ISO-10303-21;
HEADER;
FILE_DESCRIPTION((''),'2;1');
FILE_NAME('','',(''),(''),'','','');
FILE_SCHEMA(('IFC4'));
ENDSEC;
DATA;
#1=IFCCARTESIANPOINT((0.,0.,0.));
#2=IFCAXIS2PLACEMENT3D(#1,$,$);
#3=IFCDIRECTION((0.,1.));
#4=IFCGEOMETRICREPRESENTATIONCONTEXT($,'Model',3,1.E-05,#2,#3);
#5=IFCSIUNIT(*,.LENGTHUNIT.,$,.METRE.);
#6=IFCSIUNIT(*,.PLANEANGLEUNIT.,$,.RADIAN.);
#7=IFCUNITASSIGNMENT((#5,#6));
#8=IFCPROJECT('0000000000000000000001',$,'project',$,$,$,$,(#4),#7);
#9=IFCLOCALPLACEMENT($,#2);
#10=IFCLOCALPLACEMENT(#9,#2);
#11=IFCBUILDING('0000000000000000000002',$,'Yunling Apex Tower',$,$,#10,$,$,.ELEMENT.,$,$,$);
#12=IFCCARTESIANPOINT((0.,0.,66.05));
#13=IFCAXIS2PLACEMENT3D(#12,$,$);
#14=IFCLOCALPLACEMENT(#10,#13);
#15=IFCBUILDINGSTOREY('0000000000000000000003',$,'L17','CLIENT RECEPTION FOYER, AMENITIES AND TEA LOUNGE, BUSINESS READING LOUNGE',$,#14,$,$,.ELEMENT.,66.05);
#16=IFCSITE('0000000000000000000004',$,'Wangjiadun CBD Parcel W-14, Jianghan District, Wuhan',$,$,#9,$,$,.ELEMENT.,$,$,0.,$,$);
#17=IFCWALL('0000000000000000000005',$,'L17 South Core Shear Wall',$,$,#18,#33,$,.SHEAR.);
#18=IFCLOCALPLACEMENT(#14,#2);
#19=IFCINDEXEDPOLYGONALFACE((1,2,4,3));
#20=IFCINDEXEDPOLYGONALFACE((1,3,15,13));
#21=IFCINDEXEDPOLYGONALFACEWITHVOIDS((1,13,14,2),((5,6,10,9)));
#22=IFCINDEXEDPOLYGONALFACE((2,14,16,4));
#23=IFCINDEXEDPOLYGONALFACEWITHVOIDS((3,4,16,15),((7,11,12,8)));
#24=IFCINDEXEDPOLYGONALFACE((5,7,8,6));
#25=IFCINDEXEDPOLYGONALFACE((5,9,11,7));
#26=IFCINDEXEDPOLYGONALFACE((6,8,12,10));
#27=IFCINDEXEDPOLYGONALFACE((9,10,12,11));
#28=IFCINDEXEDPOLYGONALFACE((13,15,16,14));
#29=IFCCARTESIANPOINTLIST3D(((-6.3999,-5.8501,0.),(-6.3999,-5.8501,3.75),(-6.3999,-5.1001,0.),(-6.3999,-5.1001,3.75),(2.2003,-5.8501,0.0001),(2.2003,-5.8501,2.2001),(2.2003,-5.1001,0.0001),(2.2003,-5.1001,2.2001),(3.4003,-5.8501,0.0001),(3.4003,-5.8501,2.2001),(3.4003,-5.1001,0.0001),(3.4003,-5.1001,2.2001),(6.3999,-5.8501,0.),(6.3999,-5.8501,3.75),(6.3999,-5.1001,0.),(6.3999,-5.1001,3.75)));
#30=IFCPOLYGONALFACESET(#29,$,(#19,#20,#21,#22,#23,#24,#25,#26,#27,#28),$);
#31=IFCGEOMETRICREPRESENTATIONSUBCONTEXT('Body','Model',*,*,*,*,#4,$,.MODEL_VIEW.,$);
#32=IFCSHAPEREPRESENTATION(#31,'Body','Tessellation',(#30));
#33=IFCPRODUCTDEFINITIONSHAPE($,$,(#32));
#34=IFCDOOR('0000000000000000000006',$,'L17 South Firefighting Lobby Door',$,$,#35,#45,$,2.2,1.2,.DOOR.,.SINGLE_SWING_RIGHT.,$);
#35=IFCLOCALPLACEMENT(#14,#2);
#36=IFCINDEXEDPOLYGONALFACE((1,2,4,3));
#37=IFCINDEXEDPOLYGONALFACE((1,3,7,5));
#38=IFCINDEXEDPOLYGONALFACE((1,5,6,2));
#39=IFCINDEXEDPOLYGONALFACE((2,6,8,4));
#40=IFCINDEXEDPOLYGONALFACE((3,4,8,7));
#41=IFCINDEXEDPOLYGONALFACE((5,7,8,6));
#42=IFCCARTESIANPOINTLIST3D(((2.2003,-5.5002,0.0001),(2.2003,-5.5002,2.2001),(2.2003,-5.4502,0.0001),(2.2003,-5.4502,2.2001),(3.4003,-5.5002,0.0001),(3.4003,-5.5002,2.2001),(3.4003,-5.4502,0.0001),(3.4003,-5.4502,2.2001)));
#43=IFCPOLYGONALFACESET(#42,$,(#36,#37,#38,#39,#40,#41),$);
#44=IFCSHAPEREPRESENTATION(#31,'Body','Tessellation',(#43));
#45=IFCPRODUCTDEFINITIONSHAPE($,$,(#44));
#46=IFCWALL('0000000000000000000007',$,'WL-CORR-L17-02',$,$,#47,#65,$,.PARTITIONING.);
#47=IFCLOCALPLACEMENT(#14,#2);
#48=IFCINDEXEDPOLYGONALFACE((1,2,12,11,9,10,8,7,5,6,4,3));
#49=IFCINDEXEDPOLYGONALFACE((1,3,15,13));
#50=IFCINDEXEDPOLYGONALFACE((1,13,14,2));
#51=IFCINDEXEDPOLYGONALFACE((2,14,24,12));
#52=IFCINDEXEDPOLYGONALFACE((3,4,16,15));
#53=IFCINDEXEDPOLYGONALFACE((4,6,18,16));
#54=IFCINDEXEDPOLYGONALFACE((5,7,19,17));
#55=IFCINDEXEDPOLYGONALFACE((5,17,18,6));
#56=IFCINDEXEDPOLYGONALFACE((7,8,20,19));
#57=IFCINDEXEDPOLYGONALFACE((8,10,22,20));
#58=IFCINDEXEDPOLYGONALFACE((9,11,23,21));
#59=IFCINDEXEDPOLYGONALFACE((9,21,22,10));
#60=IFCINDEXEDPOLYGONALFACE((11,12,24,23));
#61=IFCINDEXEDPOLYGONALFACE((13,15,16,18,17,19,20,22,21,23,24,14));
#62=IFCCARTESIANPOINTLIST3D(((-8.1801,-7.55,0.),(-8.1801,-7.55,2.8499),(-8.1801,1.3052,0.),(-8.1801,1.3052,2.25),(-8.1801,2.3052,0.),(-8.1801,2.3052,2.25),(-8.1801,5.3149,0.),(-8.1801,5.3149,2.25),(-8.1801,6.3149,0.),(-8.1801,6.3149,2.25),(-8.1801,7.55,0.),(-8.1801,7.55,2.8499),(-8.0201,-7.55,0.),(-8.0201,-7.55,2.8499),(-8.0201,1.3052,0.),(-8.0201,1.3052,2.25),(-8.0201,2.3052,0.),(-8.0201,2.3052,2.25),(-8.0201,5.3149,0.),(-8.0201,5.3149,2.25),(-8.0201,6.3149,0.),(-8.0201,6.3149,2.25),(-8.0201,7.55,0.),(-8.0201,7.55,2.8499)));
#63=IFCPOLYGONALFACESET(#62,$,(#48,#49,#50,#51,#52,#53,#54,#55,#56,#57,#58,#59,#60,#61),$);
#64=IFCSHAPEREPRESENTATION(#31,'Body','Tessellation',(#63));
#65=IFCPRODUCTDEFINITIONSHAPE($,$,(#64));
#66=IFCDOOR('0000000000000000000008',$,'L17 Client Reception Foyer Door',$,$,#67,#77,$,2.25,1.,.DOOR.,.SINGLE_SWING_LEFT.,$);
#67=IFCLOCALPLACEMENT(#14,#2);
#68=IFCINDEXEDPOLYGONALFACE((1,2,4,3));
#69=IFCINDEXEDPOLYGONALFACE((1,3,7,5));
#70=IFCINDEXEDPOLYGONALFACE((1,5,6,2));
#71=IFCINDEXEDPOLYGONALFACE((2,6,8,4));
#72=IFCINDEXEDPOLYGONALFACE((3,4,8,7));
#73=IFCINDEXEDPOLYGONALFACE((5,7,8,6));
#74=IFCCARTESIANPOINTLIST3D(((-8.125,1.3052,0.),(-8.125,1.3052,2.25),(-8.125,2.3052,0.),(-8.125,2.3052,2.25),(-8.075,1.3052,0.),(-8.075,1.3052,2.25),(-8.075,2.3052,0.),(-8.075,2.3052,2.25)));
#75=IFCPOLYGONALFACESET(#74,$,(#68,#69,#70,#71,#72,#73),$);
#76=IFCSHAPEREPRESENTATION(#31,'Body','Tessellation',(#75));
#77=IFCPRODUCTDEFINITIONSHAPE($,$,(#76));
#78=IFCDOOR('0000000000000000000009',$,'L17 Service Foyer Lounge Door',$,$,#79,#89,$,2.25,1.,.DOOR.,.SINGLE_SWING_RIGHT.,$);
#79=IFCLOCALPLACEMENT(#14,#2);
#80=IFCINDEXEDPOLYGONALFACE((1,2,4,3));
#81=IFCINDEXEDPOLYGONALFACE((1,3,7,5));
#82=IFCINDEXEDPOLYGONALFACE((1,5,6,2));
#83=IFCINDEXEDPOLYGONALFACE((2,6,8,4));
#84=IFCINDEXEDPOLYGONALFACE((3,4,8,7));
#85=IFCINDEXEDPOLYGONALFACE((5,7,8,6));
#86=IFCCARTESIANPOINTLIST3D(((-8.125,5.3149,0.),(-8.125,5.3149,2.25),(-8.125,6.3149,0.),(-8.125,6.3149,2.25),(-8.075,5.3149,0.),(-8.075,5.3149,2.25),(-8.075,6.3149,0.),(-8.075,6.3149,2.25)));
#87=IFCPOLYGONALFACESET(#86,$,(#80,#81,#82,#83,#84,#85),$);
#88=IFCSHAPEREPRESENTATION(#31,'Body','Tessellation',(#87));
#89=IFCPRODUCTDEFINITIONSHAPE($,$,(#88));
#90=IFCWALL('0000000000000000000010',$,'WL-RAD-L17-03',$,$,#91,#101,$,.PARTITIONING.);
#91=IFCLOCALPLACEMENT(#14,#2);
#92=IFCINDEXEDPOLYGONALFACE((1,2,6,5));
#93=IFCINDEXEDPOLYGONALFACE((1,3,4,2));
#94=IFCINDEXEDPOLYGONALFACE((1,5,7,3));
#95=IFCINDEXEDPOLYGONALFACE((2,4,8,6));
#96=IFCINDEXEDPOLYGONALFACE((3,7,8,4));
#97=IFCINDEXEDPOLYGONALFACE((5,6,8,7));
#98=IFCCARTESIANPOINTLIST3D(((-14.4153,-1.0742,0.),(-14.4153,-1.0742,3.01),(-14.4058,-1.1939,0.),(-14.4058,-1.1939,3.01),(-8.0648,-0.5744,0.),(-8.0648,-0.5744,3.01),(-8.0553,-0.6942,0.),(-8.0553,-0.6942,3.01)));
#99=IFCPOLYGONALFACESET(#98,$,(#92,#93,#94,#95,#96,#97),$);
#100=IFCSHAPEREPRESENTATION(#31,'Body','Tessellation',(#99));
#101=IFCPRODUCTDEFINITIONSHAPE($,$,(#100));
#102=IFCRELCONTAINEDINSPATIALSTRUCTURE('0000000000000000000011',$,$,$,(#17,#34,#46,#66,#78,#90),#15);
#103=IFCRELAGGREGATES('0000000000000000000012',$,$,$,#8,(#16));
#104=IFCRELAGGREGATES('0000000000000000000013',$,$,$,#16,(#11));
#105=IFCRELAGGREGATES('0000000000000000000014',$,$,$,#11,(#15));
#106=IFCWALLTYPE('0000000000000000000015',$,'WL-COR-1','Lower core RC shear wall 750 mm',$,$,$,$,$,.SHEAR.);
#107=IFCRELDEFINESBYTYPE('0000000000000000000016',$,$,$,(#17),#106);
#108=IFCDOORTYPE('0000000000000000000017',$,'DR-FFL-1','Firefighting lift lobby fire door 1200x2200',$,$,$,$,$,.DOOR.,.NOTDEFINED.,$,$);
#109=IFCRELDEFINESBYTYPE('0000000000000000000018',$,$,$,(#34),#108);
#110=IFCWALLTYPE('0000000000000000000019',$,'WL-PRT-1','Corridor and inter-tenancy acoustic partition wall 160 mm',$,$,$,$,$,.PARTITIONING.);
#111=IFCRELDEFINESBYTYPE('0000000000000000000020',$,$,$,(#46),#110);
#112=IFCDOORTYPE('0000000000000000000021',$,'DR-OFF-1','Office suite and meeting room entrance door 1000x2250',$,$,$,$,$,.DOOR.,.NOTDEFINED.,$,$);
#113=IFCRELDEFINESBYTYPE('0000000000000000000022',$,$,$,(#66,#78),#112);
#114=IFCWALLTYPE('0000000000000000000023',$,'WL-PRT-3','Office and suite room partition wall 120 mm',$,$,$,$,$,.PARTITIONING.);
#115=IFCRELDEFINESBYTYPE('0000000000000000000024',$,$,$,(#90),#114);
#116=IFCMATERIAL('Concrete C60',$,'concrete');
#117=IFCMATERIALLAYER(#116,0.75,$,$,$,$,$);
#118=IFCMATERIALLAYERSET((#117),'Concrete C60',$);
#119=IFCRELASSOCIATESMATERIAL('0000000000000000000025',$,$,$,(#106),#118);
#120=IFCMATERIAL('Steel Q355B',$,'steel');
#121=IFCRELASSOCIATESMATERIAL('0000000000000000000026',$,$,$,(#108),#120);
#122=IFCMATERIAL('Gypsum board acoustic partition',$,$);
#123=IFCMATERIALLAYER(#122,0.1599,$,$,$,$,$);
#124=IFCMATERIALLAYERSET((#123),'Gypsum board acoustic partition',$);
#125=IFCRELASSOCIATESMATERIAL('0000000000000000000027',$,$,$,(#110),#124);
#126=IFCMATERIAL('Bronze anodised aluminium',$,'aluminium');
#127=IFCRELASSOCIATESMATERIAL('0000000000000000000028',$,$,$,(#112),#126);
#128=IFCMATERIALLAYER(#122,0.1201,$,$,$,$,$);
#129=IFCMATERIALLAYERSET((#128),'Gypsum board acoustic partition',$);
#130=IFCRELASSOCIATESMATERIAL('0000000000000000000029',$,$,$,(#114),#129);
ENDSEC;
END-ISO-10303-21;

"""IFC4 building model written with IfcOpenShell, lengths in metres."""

from ifc_helpers import new_model, si_unit, direction, frame, frame_2d, origin, place, context, subcontext, project, spatial, rectangle, extrude, material, layer, layer_set, type_object, element, fill, save


model = new_model("IFC4")

# Units and contexts
model_context = context("Model", 3, precision=1e-05, world=origin(), true_north=direction((0.0, 1.0)))
body_context = subcontext(model_context, "Body", "Model", "MODEL_VIEW")
ifc_project = project(units=[si_unit("LENGTHUNIT", "METRE"), si_unit("PLANEANGLEUNIT", "RADIAN")], contexts=[model_context])

# Site, building, storey
site_placement = place(None, origin())
site = spatial("IfcSite", under=ifc_project, at=site_placement, Name="Wangjiadun CBD Parcel W-14, Jianghan District, Wuhan", CompositionType="ELEMENT", RefElevation=0.0)
building_placement = place(site_placement, origin())
building = spatial("IfcBuilding", under=site, at=building_placement, Name="Yunling Apex Tower", CompositionType="ELEMENT")
storey_placement = place(building_placement, frame((0.0, 0.0, 66.05)))
storey = spatial("IfcBuildingStorey", under=building, at=storey_placement, Name="L17", Description="CLIENT RECEPTION FOYER, AMENITIES AND TEA LOUNGE, BUSINESS READING LOUNGE", CompositionType="ELEMENT", Elevation=66.05)

# Shared definitions
ifc_material_1 = material(Name="Steel Q355B", Category="steel")

# Shared definitions
ifc_material_2 = material(Name="Bronze anodised aluminium", Category="aluminium")

# Wall, opening, door
ifc_material_3 = material(Name="Concrete C60", Category="concrete")
ifc_layer_1 = layer(ifc_material_3, 0.75)
ifc_layer_set_1 = layer_set([ifc_layer_1], Name="Concrete C60")
wall_type_1 = type_object("IfcWallType", Name="WL-COR-1", Description="Lower core RC shear wall 750 mm", PredefinedType="SHEAR", material=ifc_layer_set_1)
wall_1_placement = place(storey_placement, frame((-6.3999, -5.4751, 0.0), z_axis=(0.0, 0.0, 1.0), x_axis=(1.0, 0.0, 0.0)))
wall_1 = element("IfcWall", 1, at=wall_1_placement, inside=storey, type_object=wall_type_1, Name="L17 South Core Shear Wall", PredefinedType="SHEAR", context=body_context, shape_type="SweptSolid", body=[
    extrude(rectangle(XDim=12.7998, YDim=0.75, at=frame_2d((6.3999, 0.0))), origin(), (0.0, 0.0, 1.0), 3.75),
])
opening_1_placement = place(wall_1_placement, frame((8.6001, 0.0, 0.0)))
opening_1 = element("IfcOpeningElement", 2, at=opening_1_placement, cuts=wall_1, PredefinedType="OPENING", context=body_context, shape_type="SweptSolid", body=[
    extrude(rectangle(XDim=1.2, YDim=2.2, at=frame_2d((0.6001, 1.1001))), frame((0.0, 0.385, 0.0), z_axis=(0.0, -1.0, 0.0), x_axis=(1.0, 0.0, 0.0)), (0.0, 0.0, 1.0), 0.77),
])
door_type_1 = type_object("IfcDoorType", Name="DR-FFL-1", Description="Firefighting lift lobby fire door 1200x2200", OperationType="NOTDEFINED", PredefinedType="DOOR", material=ifc_material_1)
door_1_placement = place(opening_1_placement, origin())
door_1 = element("IfcDoor", 3, at=door_1_placement, inside=storey, type_object=door_type_1, Name="L17 South Firefighting Lobby Door", OperationType="SINGLE_SWING_RIGHT", OverallHeight=2.2, OverallWidth=1.2, PredefinedType="DOOR", context=body_context, shape_type="SweptSolid", body=[
    extrude(rectangle(XDim=1.2, YDim=2.2, at=frame_2d((0.6001, 1.1001))), frame((0.0, 0.0249, 0.0), z_axis=(0.0, -1.0, 0.0), x_axis=(1.0, 0.0, 0.0)), (0.0, 0.0, 1.0), 0.05),
])
fill(opening_1, door_1)

# Wall, openings, doors
ifc_material_4 = material(Name="Gypsum board acoustic partition")
ifc_layer_2 = layer(ifc_material_4, 0.1599)
ifc_layer_set_2 = layer_set([ifc_layer_2], Name="Gypsum board acoustic partition")
wall_type_2 = type_object("IfcWallType", Name="WL-PRT-1", Description="Corridor and inter-tenancy acoustic partition wall 160 mm", PredefinedType="PARTITIONING", material=ifc_layer_set_2)
wall_2_placement = place(storey_placement, frame((-8.1001, -7.55, 0.0), z_axis=(0.0, 0.0, 1.0), x_axis=(0.0, 1.0, 0.0)))
wall_2 = element("IfcWall", 4, at=wall_2_placement, inside=storey, type_object=wall_type_2, Name="WL-CORR-L17-02", PredefinedType="PARTITIONING", context=body_context, shape_type="SweptSolid", body=[
    extrude(rectangle(XDim=15.1001, YDim=0.1599, at=frame_2d((7.55, 0.0))), origin(), (0.0, 0.0, 1.0), 2.8499),
])
opening_2_placement = place(wall_2_placement, frame((8.8552, 0.0, 0.0)))
opening_2 = element("IfcOpeningElement", 5, at=opening_2_placement, cuts=wall_2, PredefinedType="OPENING", context=body_context, shape_type="SweptSolid", body=[
    extrude(rectangle(XDim=1.0, YDim=2.25, at=frame_2d((0.5, 1.125))), frame((0.0, 0.0898, 0.0), z_axis=(0.0, -1.0, 0.0), x_axis=(1.0, 0.0, 0.0)), (0.0, 0.0, 1.0), 0.1799),
])
opening_3_placement = place(wall_2_placement, frame((12.865, 0.0, 0.0)))
opening_3 = element("IfcOpeningElement", 6, at=opening_3_placement, cuts=wall_2, PredefinedType="OPENING", context=body_context, shape_type="SweptSolid", body=[
    extrude(rectangle(XDim=1.0, YDim=2.25, at=frame_2d((0.5, 1.125))), frame((0.0, 0.0898, 0.0), z_axis=(0.0, -1.0, 0.0), x_axis=(1.0, 0.0, 0.0)), (0.0, 0.0, 1.0), 0.1799),
])
door_type_2 = type_object("IfcDoorType", Name="DR-OFF-1", Description="Office suite and meeting room entrance door 1000x2250", OperationType="NOTDEFINED", PredefinedType="DOOR", material=ifc_material_2)
door_2_placement = place(opening_2_placement, origin())
door_2 = element("IfcDoor", 7, at=door_2_placement, inside=storey, type_object=door_type_2, Name="L17 Client Reception Foyer Door", OperationType="SINGLE_SWING_LEFT", OverallHeight=2.25, OverallWidth=1.0, PredefinedType="DOOR", context=body_context, shape_type="SweptSolid", body=[
    extrude(rectangle(XDim=1.0, YDim=2.25, at=frame_2d((0.5, 1.125))), frame((0.0, 0.0249, 0.0), z_axis=(0.0, -1.0, 0.0), x_axis=(1.0, 0.0, 0.0)), (0.0, 0.0, 1.0), 0.05),
])
fill(opening_2, door_2)
door_3_placement = place(opening_3_placement, origin())
door_3 = element("IfcDoor", 8, at=door_3_placement, inside=storey, type_object=door_type_2, Name="L17 Service Foyer Lounge Door", OperationType="SINGLE_SWING_RIGHT", OverallHeight=2.25, OverallWidth=1.0, PredefinedType="DOOR", context=body_context, shape_type="SweptSolid", body=[
    extrude(rectangle(XDim=1.0, YDim=2.25, at=frame_2d((0.5, 1.125))), frame((0.0, 0.0249, 0.0), z_axis=(0.0, -1.0, 0.0), x_axis=(1.0, 0.0, 0.0)), (0.0, 0.0, 1.0), 0.05),
])
fill(opening_3, door_3)

# Wall
ifc_layer_3 = layer(ifc_material_4, 0.1201)
ifc_layer_set_3 = layer_set([ifc_layer_3], Name="Gypsum board acoustic partition")
wall_type_3 = type_object("IfcWallType", Name="WL-PRT-3", Description="Office and suite room partition wall 120 mm", PredefinedType="PARTITIONING", material=ifc_layer_set_3)
wall_3_placement = place(storey_placement, frame((-8.0601, -0.6343, 0.0), z_axis=(0.0, 0.0, 1.0), x_axis=(-0.996918, -0.078452, 0.0)))
element("IfcWall", 9, at=wall_3_placement, inside=storey, type_object=wall_type_3, Name="WL-RAD-L17-03", PredefinedType="PARTITIONING", context=body_context, shape_type="SweptSolid", body=[
    extrude(rectangle(XDim=6.3701, YDim=0.1201, at=frame_2d((3.1851, 0.0))), origin(), (0.0, 0.0, 1.0), 3.01),
])

save(model, "model.ifc")
